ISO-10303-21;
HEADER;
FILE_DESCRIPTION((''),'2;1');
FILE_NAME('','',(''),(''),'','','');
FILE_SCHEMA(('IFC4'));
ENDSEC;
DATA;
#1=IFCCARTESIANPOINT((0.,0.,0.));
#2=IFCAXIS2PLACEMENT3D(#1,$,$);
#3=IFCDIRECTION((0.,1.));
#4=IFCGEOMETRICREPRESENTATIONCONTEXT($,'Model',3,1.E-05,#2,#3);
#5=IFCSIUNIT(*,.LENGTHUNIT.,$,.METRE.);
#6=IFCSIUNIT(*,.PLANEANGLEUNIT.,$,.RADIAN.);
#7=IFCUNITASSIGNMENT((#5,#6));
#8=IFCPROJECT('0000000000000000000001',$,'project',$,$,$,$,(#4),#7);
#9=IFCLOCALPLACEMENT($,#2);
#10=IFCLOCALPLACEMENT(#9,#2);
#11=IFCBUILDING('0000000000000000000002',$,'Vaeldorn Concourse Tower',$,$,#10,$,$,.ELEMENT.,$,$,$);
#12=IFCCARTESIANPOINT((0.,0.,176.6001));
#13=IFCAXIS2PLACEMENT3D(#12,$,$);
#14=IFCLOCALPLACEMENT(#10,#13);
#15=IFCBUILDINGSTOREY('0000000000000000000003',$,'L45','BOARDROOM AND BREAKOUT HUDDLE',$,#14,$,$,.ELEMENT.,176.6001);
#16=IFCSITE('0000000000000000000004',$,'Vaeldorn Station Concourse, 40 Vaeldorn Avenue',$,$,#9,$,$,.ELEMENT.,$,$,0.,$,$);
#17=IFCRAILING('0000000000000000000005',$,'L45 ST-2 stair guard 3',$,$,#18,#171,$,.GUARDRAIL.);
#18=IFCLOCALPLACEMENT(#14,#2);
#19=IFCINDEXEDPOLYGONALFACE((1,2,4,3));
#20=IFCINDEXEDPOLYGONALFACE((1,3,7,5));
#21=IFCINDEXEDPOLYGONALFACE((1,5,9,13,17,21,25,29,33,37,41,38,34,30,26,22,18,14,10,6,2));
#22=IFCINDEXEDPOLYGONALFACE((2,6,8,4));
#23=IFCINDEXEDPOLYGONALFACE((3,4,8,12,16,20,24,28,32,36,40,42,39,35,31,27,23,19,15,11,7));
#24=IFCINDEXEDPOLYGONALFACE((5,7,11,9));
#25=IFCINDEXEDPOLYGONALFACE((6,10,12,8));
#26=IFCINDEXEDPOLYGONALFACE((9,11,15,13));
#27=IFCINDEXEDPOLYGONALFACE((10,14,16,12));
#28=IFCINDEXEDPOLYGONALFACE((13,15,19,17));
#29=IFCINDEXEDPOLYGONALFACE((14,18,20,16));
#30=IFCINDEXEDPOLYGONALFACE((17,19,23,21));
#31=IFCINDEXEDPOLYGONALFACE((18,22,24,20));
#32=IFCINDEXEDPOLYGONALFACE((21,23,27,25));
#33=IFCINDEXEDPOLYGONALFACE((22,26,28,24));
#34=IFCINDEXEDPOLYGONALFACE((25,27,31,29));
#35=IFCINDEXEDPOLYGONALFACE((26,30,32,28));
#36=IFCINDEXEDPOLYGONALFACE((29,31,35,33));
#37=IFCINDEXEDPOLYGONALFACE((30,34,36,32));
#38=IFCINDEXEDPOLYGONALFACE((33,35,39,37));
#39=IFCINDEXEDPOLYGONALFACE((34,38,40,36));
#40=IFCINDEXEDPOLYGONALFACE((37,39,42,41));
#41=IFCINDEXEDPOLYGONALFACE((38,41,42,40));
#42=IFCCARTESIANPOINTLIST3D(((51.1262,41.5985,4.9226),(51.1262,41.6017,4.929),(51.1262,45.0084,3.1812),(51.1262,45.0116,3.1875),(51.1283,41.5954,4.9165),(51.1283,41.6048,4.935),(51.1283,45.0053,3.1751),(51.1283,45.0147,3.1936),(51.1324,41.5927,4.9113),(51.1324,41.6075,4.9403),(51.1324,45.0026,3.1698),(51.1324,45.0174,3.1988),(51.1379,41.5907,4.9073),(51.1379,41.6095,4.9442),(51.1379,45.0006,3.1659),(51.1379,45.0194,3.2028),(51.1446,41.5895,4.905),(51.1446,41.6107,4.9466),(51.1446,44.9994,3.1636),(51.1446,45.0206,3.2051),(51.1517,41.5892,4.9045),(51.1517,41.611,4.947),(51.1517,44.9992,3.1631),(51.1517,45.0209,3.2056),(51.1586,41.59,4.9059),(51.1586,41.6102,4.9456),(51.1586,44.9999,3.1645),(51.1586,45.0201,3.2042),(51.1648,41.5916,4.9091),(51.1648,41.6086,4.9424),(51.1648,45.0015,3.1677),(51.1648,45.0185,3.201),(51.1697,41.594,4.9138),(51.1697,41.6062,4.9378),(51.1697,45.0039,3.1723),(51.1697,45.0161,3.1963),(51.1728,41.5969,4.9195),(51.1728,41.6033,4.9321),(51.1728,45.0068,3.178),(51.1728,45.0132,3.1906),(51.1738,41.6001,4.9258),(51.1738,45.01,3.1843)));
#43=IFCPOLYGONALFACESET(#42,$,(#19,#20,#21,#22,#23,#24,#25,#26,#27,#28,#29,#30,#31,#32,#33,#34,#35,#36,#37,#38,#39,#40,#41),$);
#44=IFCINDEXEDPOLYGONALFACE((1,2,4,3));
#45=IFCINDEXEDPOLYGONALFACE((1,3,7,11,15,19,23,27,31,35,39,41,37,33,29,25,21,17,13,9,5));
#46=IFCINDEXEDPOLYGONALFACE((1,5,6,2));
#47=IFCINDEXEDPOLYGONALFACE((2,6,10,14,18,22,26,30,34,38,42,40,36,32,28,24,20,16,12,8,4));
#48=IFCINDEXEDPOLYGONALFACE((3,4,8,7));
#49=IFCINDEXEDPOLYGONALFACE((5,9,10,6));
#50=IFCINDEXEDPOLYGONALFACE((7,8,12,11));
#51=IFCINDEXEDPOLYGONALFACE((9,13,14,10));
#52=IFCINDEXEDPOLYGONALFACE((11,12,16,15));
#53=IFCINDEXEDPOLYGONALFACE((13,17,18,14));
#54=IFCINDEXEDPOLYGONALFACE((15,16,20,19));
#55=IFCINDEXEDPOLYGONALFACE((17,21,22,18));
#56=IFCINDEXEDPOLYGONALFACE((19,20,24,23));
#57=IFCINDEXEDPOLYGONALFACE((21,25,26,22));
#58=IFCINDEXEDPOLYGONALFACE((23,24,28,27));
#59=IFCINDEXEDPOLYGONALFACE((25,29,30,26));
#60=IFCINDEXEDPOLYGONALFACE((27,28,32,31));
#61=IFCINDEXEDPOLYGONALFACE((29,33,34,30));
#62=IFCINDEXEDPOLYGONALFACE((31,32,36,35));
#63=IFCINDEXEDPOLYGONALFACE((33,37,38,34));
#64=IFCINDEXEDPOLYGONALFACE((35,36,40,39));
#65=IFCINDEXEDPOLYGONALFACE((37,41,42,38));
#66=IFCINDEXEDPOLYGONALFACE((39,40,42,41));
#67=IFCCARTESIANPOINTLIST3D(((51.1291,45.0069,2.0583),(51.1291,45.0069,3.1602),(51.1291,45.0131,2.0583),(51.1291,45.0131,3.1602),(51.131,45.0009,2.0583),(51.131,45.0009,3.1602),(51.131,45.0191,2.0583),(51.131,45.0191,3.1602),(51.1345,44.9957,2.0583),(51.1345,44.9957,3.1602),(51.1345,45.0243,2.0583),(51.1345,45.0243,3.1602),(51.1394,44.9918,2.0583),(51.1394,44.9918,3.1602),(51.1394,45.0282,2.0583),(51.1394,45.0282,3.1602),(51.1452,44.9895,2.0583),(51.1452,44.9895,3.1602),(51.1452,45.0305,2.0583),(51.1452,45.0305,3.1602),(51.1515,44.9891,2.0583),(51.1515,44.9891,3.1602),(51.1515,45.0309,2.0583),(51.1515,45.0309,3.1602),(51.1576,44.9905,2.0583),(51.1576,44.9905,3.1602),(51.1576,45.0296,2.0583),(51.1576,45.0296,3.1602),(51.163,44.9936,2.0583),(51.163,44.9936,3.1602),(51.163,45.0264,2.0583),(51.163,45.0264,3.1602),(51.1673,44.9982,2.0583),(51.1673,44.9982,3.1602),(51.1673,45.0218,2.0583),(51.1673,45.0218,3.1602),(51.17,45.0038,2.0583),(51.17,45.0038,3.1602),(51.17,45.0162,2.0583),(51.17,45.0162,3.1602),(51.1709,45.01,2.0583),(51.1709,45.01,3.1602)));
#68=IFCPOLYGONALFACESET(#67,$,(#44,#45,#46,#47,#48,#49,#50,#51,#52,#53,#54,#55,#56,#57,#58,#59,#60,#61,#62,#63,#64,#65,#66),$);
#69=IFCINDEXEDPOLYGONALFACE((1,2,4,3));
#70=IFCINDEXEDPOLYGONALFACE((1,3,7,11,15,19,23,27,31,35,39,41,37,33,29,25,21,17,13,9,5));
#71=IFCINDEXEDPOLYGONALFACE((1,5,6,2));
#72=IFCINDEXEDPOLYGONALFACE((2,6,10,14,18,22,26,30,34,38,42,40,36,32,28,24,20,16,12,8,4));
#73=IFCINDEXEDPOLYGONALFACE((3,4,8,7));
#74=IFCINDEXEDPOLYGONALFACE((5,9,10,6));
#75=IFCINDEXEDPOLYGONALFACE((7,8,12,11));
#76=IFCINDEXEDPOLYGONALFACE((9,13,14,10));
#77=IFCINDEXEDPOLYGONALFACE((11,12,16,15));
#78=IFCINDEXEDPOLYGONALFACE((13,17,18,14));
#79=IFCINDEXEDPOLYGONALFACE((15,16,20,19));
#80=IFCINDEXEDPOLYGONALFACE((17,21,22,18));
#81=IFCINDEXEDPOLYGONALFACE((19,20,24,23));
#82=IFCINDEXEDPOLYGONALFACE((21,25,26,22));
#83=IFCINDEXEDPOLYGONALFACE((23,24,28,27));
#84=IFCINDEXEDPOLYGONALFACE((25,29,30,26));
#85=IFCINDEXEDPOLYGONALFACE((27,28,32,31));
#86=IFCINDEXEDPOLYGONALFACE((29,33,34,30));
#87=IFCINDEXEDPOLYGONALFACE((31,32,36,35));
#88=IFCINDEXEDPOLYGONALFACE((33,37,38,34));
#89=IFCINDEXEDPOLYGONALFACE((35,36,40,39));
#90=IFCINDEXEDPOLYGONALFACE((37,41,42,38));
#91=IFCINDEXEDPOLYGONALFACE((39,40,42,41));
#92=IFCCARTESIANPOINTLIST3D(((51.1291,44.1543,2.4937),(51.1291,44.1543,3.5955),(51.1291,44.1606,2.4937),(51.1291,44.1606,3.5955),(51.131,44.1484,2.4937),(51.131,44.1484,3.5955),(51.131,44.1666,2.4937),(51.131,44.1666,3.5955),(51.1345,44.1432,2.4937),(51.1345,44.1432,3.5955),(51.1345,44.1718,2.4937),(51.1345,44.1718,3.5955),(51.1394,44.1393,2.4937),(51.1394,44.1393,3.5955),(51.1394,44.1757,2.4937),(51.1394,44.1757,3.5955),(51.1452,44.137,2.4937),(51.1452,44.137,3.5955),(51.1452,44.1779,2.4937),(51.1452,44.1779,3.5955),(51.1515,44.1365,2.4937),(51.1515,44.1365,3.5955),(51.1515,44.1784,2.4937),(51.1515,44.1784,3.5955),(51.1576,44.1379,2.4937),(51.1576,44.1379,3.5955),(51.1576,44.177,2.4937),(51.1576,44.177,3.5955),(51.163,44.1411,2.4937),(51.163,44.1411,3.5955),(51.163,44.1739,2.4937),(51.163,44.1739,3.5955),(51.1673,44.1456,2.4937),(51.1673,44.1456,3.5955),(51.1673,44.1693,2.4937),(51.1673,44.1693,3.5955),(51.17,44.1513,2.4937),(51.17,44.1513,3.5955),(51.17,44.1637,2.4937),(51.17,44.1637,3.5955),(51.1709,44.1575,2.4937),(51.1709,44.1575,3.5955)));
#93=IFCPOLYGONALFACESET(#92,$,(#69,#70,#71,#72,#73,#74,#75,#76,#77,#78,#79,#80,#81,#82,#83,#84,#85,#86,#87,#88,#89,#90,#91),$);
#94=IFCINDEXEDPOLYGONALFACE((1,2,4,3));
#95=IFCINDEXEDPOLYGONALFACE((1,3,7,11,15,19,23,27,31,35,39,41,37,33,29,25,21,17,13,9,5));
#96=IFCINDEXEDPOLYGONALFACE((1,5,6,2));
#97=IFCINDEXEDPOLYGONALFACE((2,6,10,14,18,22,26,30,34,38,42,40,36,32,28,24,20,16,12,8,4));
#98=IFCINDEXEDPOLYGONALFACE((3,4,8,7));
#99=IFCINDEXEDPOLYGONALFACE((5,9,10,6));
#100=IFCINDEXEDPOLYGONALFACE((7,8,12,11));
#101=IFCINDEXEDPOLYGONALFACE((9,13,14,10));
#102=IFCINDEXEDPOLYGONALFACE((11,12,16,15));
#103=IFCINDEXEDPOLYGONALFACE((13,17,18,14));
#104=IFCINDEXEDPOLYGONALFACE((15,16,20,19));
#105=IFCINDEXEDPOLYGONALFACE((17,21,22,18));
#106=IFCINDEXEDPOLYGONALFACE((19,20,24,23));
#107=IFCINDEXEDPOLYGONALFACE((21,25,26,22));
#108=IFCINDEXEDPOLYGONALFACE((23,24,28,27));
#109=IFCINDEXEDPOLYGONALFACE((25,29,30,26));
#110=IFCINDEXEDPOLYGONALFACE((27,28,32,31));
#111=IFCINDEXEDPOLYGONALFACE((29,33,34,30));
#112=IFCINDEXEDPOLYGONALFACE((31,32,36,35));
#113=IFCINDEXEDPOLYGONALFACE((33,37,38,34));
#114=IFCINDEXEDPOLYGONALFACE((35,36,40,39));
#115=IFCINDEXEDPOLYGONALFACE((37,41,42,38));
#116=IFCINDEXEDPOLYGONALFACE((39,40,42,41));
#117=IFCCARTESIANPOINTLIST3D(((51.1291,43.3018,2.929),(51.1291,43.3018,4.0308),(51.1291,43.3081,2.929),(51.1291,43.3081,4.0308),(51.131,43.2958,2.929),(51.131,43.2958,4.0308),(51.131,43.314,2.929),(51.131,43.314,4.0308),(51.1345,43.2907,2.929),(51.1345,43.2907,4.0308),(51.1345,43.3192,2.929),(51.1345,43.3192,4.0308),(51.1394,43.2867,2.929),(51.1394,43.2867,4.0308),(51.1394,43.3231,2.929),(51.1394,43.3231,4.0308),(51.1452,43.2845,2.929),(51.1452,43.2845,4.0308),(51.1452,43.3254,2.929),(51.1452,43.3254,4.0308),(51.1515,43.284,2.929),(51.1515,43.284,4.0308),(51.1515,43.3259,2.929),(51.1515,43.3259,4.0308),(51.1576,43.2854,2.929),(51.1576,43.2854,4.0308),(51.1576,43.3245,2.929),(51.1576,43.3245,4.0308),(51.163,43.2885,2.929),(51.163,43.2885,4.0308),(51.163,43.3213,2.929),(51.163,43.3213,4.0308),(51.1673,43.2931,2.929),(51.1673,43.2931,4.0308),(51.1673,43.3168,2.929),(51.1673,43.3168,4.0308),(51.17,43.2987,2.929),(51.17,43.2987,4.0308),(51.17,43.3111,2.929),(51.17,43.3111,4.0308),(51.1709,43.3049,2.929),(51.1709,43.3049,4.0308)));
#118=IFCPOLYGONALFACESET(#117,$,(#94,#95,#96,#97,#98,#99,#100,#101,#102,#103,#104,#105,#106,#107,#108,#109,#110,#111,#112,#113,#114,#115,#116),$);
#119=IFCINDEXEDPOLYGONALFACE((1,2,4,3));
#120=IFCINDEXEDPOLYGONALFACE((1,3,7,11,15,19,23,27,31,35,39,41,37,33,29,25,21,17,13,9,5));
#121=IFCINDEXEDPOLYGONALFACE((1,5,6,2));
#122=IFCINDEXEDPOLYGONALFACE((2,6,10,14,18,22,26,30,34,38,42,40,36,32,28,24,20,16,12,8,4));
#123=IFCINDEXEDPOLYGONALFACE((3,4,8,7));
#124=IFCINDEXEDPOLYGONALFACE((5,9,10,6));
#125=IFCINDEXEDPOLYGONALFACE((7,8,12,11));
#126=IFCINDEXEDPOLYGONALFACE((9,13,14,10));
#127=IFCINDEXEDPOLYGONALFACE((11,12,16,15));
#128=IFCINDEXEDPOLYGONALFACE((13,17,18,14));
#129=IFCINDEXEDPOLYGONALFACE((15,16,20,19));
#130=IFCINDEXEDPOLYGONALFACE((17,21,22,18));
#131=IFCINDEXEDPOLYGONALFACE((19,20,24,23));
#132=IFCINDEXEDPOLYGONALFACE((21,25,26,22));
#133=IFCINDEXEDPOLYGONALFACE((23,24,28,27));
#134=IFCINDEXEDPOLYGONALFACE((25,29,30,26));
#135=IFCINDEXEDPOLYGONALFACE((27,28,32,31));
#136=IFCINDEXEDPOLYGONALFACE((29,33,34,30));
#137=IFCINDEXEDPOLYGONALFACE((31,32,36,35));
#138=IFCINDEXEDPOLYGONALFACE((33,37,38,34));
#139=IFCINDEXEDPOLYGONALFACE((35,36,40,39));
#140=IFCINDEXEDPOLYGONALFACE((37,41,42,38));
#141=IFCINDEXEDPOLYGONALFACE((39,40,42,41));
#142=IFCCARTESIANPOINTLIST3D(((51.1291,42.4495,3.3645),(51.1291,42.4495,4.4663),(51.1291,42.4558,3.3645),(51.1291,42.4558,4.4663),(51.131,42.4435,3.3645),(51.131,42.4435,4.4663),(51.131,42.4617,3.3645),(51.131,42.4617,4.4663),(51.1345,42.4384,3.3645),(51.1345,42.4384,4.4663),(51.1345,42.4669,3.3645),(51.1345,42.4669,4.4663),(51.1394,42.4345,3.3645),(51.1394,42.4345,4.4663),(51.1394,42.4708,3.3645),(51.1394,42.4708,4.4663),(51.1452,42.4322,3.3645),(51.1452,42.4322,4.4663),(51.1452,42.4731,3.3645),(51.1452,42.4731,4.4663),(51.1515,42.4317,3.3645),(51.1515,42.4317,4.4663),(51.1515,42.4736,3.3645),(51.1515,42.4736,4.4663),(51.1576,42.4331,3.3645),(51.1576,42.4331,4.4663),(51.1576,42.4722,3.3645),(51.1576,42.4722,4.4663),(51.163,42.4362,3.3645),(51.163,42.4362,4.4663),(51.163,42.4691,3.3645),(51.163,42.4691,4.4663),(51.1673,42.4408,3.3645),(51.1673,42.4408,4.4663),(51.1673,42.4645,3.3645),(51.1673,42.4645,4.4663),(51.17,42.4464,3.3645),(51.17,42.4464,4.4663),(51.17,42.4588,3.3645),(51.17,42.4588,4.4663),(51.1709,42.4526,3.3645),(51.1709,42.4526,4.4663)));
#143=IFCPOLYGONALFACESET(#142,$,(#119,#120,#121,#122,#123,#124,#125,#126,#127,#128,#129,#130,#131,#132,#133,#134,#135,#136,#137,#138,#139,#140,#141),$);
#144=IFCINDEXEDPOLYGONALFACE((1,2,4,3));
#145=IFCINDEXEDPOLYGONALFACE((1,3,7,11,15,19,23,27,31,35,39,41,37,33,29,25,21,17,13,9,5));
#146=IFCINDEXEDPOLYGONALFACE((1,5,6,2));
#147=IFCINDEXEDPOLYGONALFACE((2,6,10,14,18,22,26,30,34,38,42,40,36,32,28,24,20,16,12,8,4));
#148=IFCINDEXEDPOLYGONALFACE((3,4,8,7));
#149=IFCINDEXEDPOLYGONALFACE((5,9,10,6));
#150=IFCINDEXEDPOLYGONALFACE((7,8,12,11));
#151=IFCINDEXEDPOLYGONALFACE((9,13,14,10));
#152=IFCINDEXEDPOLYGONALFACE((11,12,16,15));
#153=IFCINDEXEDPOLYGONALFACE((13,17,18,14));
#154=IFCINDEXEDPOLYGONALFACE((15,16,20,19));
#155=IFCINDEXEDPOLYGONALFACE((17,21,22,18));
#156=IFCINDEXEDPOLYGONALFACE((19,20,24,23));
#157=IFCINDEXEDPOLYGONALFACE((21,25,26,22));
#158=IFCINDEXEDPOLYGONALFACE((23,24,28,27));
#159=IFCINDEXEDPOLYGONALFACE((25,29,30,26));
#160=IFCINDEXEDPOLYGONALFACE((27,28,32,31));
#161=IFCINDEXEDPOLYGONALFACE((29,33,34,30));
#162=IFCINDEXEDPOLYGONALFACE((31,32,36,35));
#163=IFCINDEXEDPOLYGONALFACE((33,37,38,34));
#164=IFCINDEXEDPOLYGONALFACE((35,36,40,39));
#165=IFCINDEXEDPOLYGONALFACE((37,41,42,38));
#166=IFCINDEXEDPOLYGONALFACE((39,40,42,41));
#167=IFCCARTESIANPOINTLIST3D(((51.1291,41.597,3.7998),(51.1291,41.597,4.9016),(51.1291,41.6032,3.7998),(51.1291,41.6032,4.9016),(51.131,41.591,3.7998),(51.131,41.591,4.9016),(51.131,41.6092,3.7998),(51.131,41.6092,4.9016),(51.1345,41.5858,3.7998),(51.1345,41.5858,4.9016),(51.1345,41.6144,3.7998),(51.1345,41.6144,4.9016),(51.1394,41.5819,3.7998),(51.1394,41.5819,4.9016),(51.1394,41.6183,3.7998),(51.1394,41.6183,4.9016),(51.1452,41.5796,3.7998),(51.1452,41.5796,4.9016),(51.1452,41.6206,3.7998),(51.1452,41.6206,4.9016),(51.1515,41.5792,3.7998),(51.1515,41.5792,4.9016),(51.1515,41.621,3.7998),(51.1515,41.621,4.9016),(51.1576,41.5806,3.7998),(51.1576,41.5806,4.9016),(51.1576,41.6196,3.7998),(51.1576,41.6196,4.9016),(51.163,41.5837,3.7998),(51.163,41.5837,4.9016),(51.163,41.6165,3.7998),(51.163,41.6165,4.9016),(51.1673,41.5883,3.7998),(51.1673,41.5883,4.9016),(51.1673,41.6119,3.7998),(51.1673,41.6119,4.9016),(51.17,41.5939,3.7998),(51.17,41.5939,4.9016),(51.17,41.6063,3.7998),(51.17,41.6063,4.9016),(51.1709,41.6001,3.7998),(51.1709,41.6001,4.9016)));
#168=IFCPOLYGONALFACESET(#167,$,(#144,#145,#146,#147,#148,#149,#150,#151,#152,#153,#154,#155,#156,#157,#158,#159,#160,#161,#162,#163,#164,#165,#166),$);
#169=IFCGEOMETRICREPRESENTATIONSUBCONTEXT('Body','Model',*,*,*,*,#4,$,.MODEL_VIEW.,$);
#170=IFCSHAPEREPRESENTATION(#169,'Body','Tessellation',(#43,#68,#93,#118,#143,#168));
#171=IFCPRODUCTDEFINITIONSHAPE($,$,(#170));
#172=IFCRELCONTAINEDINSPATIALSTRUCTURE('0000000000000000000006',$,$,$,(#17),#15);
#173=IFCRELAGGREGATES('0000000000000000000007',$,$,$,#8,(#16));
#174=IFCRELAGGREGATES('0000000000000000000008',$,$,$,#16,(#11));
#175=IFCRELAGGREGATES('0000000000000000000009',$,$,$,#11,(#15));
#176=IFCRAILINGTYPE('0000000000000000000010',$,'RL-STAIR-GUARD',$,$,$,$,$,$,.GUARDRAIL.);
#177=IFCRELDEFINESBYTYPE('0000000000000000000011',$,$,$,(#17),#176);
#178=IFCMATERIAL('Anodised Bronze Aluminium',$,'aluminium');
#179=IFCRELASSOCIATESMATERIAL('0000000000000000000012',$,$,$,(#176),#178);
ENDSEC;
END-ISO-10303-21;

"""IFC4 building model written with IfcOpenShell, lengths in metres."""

from ifc_helpers import new_model, si_unit, direction, frame, origin, origin_2d, place, context, subcontext, project, spatial, circle, extrude, material, type_object, element, save


model = new_model("IFC4")

# Units and contexts
model_context = context("Model", 3, precision=1e-05, world=origin(), true_north=direction((0.0, 1.0)))
body_context = subcontext(model_context, "Body", "Model", "MODEL_VIEW")
ifc_project = project(units=[si_unit("LENGTHUNIT", "METRE"), si_unit("PLANEANGLEUNIT", "RADIAN")], contexts=[model_context])

# Site, building, storey
site_placement = place(None, origin())
site = spatial("IfcSite", under=ifc_project, at=site_placement, Name="Vaeldorn Station Concourse, 40 Vaeldorn Avenue", CompositionType="ELEMENT", RefElevation=0.0)
building_placement = place(site_placement, origin())
building = spatial("IfcBuilding", under=site, at=building_placement, Name="Vaeldorn Concourse Tower", CompositionType="ELEMENT")
storey_placement = place(building_placement, frame((0.0, 0.0, 176.6001)))
storey = spatial("IfcBuildingStorey", under=building, at=storey_placement, Name="L45", Description="BOARDROOM AND BREAKOUT HUDDLE", CompositionType="ELEMENT", Elevation=176.6001)

# Shared definitions
ifc_material_1 = material(Name="Anodised Bronze Aluminium", Category="aluminium")

# Railing
railing_type_1 = type_object("IfcRailingType", Name="RL-STAIR-GUARD", PredefinedType="GUARDRAIL", material=ifc_material_1)
railing_1_placement = place(storey_placement, frame((51.1499, 45.01, 2.0583)))
element("IfcRailing", 1, at=railing_1_placement, inside=storey, type_object=railing_type_1, Name="L45 ST-2 stair guard 3", PredefinedType="GUARDRAIL", context=body_context, shape_type="SweptSolid", body=[
    extrude(circle(Radius=0.0239, at=origin_2d()), frame((0.0, 0.0, 1.126), z_axis=(0.0, -0.890582, 0.454823), x_axis=(1.0, 0.0, 0.0)), (0.0, 0.0, 1.0), 3.8289),
    extrude(circle(Radius=0.021, at=origin_2d()), origin(), (0.0, 0.0, 1.0), 1.1018),
    extrude(circle(Radius=0.021, at=origin_2d()), frame((0.0, -0.8525, 0.4353)), (0.0, 0.0, 1.0), 1.1018),
    extrude(circle(Radius=0.021, at=origin_2d()), frame((0.0, -1.7051, 0.8706)), (0.0, 0.0, 1.0), 1.1018),
    extrude(circle(Radius=0.021, at=origin_2d()), frame((0.0, -2.5574, 1.3062)), (0.0, 0.0, 1.0), 1.1018),
    extrude(circle(Radius=0.021, at=origin_2d()), frame((0.0, -3.4099, 1.7415)), (0.0, 0.0, 1.0), 1.1018),
])

save(model, "model.ifc")
